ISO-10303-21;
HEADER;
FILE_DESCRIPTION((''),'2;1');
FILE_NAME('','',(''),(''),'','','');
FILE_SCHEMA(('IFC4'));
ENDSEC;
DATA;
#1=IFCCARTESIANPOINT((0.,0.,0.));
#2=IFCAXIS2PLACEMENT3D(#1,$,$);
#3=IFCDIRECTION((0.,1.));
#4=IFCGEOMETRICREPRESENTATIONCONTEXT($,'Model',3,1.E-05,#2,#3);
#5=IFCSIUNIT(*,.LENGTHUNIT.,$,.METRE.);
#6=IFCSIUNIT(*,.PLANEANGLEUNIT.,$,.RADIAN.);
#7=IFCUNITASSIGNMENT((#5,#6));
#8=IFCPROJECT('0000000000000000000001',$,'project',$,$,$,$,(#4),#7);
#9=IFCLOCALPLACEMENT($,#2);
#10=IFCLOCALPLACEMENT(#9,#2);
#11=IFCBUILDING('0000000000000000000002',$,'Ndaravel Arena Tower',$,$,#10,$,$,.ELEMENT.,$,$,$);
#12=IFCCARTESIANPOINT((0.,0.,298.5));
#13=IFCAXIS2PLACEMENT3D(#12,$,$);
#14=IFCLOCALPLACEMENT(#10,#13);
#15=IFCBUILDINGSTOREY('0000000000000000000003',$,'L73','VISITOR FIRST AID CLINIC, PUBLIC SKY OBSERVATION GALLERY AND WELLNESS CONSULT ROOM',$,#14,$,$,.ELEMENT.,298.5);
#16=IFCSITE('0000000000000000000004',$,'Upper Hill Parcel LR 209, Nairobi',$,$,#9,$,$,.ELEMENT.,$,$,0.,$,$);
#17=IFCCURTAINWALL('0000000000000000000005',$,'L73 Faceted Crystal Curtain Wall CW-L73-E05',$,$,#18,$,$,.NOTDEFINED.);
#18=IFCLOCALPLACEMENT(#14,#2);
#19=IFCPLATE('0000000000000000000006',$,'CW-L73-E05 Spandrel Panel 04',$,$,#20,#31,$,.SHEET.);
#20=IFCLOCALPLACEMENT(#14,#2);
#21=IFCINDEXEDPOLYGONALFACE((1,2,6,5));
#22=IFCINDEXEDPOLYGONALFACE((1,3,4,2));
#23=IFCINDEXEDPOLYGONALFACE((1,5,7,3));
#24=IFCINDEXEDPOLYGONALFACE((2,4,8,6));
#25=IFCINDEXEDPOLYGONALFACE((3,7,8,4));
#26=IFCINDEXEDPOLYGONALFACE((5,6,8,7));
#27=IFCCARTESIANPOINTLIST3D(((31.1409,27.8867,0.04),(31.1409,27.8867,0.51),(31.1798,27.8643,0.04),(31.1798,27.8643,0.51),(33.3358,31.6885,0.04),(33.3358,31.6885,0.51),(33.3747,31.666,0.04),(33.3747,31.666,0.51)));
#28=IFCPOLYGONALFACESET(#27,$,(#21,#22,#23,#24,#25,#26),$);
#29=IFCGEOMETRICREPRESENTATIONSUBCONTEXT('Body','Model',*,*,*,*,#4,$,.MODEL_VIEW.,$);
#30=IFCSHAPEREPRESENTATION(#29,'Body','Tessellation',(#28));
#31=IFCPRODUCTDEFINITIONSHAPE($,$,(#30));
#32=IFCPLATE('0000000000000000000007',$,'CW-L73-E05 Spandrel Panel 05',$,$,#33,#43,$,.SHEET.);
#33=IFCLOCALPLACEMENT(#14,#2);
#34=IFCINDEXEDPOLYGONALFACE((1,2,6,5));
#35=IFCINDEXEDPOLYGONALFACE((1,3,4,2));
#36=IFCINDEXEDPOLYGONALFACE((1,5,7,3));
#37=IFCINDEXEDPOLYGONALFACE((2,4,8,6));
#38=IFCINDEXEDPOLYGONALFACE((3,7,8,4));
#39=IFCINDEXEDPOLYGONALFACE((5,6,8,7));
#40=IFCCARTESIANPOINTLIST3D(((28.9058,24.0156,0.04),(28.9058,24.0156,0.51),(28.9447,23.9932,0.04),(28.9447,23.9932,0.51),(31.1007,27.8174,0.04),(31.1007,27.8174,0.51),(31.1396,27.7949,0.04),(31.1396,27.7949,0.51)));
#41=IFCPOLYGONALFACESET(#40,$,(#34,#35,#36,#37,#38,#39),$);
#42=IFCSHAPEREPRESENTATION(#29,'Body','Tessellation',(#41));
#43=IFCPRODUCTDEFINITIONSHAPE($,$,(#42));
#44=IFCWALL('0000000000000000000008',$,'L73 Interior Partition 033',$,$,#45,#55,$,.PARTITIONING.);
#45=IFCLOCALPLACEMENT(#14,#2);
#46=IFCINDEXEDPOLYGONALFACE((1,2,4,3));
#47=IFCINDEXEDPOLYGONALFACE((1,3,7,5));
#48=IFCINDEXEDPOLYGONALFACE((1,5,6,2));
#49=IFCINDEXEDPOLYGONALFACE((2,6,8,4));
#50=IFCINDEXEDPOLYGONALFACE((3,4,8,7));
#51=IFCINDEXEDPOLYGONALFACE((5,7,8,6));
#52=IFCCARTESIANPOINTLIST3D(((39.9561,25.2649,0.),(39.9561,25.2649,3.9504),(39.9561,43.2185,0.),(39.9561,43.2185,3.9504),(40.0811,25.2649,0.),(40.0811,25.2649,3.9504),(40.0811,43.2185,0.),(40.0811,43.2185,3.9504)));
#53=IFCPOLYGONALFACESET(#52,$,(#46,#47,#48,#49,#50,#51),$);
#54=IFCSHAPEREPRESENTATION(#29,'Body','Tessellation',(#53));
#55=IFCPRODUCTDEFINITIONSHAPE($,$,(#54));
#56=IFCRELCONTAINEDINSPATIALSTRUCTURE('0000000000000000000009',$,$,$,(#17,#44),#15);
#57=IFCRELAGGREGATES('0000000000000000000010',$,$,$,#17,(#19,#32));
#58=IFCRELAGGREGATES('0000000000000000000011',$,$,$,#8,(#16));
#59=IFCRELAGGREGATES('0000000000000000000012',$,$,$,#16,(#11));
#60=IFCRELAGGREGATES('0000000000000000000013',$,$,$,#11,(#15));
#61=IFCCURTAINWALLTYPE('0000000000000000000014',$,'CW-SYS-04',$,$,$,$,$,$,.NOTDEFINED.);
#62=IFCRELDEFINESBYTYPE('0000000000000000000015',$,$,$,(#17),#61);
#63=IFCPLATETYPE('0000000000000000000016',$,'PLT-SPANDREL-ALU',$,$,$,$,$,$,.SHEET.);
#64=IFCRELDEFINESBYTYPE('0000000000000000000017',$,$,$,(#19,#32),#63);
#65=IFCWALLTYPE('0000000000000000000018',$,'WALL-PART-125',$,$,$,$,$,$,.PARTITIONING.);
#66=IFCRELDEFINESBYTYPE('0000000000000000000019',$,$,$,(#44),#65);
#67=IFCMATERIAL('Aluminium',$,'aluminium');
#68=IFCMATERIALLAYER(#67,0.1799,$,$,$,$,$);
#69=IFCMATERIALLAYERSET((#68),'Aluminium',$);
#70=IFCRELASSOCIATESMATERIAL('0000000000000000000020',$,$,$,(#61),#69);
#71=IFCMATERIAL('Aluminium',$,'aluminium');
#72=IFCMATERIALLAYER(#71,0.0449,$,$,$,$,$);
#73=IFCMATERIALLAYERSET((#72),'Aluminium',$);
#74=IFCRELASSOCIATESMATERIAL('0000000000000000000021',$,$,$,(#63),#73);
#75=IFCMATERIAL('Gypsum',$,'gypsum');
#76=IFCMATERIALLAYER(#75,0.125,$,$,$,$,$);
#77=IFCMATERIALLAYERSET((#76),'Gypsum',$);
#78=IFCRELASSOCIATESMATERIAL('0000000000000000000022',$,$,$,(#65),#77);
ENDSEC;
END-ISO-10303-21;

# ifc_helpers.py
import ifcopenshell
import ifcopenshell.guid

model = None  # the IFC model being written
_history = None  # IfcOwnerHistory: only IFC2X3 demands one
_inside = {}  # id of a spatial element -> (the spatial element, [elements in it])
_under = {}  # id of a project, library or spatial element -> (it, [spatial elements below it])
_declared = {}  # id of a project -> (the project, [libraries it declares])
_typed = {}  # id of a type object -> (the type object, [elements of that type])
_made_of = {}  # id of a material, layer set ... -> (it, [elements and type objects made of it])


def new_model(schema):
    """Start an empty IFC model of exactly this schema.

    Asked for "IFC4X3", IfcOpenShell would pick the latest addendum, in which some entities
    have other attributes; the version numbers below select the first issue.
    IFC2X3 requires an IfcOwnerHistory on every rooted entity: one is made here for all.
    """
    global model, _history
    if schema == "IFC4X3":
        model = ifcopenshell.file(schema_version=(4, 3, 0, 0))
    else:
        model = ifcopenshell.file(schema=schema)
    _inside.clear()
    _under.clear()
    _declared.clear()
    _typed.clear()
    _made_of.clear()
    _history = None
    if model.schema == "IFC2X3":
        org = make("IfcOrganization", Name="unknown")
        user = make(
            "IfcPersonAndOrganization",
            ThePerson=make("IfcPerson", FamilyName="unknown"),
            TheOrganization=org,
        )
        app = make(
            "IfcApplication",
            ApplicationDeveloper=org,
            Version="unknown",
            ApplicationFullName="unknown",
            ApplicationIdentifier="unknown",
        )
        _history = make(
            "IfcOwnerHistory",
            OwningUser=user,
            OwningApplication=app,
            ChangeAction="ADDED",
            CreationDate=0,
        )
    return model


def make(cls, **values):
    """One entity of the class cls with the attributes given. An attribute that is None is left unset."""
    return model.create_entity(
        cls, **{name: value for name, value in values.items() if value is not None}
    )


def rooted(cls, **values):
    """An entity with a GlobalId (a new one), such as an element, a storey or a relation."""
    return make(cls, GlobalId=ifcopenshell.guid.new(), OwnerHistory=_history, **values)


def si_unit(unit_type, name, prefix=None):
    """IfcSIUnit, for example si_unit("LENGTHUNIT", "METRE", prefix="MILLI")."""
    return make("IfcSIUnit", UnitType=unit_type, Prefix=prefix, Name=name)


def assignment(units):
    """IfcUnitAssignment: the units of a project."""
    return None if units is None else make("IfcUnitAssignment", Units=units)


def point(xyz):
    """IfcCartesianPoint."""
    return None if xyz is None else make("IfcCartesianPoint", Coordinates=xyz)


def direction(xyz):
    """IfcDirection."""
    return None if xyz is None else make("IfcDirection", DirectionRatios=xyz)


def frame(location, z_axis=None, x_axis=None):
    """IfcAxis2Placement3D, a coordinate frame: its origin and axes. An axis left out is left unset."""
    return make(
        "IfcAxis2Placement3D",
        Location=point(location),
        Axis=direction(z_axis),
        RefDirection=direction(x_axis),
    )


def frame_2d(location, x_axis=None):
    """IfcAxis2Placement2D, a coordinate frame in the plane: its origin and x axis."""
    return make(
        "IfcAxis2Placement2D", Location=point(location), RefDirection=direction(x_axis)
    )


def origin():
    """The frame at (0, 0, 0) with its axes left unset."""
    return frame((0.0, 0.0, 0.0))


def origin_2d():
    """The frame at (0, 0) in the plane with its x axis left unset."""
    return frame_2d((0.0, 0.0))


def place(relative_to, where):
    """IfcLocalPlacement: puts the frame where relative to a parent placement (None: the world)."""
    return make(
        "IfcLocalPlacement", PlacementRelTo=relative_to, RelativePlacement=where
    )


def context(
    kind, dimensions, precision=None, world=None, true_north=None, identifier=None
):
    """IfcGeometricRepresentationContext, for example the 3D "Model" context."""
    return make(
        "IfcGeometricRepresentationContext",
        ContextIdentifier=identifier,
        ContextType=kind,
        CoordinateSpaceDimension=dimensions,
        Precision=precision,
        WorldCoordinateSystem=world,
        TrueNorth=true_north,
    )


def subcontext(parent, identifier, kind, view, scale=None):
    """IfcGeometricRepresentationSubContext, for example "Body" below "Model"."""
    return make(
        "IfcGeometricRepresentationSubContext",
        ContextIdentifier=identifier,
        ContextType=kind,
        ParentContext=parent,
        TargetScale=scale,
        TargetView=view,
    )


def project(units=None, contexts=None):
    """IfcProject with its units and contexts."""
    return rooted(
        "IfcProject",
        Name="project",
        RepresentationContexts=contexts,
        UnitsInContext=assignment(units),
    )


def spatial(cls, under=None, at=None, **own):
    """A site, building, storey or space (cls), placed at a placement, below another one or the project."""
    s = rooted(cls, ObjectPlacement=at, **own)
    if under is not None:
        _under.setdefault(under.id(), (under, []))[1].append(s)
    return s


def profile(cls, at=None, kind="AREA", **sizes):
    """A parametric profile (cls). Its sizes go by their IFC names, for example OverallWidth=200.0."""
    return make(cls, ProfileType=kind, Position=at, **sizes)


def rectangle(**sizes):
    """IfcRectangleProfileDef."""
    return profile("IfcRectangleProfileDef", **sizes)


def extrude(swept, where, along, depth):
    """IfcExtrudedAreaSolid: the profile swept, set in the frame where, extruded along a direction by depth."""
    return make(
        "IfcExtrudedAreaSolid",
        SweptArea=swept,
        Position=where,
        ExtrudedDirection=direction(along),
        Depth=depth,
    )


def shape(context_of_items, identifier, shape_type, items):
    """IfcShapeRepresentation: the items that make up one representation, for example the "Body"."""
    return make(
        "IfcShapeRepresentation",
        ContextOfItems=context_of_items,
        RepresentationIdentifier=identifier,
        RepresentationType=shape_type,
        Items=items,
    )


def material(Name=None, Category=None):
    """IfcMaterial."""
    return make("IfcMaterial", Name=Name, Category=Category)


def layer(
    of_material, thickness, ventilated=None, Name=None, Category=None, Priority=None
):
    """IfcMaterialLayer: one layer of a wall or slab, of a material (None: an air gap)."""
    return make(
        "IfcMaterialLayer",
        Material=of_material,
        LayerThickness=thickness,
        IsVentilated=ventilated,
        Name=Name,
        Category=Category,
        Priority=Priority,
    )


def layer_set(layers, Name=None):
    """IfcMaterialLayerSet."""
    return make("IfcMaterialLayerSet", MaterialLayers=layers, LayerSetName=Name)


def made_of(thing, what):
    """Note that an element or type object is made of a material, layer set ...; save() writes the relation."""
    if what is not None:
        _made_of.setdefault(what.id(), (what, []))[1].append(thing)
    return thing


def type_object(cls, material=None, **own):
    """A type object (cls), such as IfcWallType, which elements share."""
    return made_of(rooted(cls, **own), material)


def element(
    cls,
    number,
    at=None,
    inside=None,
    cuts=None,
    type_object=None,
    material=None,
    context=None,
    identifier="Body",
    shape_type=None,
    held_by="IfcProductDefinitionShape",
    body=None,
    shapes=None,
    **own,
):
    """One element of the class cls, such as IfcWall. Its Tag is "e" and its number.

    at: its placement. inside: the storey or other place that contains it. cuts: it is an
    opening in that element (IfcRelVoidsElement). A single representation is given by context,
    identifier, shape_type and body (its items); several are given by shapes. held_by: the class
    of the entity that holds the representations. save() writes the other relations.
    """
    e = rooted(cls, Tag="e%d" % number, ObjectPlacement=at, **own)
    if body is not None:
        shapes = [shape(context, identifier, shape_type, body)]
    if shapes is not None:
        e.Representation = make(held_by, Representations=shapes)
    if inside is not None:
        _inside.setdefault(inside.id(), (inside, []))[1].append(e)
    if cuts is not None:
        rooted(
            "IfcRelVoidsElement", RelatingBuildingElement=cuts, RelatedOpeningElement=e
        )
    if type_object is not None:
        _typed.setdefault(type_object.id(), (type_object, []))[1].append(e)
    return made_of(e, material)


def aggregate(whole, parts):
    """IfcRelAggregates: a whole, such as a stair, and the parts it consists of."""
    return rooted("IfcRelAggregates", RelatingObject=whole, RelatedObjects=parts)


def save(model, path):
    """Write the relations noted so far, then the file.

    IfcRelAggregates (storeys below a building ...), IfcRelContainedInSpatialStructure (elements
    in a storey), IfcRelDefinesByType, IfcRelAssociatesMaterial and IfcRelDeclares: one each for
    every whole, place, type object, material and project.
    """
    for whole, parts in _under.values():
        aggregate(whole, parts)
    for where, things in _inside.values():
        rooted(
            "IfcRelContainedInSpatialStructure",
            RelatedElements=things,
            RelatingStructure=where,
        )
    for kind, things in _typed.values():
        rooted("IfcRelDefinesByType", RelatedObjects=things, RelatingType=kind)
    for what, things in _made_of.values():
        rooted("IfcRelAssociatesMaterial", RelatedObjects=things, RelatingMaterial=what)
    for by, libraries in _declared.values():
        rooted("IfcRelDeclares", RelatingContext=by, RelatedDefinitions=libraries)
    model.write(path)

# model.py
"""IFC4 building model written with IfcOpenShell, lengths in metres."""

from ifc_helpers import new_model, si_unit, direction, frame, frame_2d, origin, origin_2d, place, context, subcontext, project, spatial, rectangle, extrude, material, layer, layer_set, type_object, element, aggregate, save


model = new_model("IFC4")

# Units and contexts
model_context = context("Model", 3, precision=1e-05, world=origin(), true_north=direction((0.0, 1.0)))
body_context = subcontext(model_context, "Body", "Model", "MODEL_VIEW")
ifc_project = project(units=[si_unit("LENGTHUNIT", "METRE"), si_unit("PLANEANGLEUNIT", "RADIAN")], contexts=[model_context])

# Site, building, storey
site_placement = place(None, origin())
site = spatial("IfcSite", under=ifc_project, at=site_placement, Name="Upper Hill Parcel LR 209, Nairobi", CompositionType="ELEMENT", RefElevation=0.0)
building_placement = place(site_placement, origin())
building = spatial("IfcBuilding", under=site, at=building_placement, Name="Ndaravel Arena Tower", CompositionType="ELEMENT")
storey_placement = place(building_placement, frame((0.0, 0.0, 298.5)))
storey = spatial("IfcBuildingStorey", under=building, at=storey_placement, Name="L73", Description="VISITOR FIRST AID CLINIC, PUBLIC SKY OBSERVATION GALLERY AND WELLNESS CONSULT ROOM", CompositionType="ELEMENT", Elevation=298.5)

# Curtain wall
ifc_material_1 = material(Name="Aluminium", Category="aluminium")
ifc_layer_1 = layer(ifc_material_1, 0.1799)
ifc_layer_set_1 = layer_set([ifc_layer_1], Name="Aluminium")
curtain_wall_type = type_object("IfcCurtainWallType", Name="CW-SYS-04", PredefinedType="NOTDEFINED", material=ifc_layer_set_1)
curtain_wall_1_placement = place(storey_placement, origin())
curtain_wall_1 = element("IfcCurtainWall", 1, at=curtain_wall_1_placement, inside=storey, type_object=curtain_wall_type, Name="L73 Faceted Crystal Curtain Wall CW-L73-E05", PredefinedType="NOTDEFINED")

# Plates
ifc_material_2 = material(Name="Aluminium", Category="aluminium")
ifc_layer_2 = layer(ifc_material_2, 0.0449)
ifc_layer_set_2 = layer_set([ifc_layer_2], Name="Aluminium")
plate_type_1 = type_object("IfcPlateType", Name="PLT-SPANDREL-ALU", PredefinedType="SHEET", material=ifc_layer_set_2)
plate_1_placement = place(storey_placement, frame((32.2578, 29.7764, 0.04), z_axis=(0.0, 0.0, 1.0), x_axis=(-0.5, -0.866025, 0.0)))
plate_1 = element("IfcPlate", 2, at=plate_1_placement, type_object=plate_type_1, Name="CW-L73-E05 Spandrel Panel 04", PredefinedType="SHEET", context=body_context, shape_type="SweptSolid", body=[
    extrude(rectangle(XDim=4.3899, YDim=0.0449, at=origin_2d()), origin(), (0.0, 0.0, 1.0), 0.47),
])
plate_2_placement = place(storey_placement, frame((30.0227, 25.9053, 0.04), z_axis=(0.0, 0.0, 1.0), x_axis=(-0.5, -0.866025, 0.0)))
plate_2 = element("IfcPlate", 3, at=plate_2_placement, type_object=plate_type_1, Name="CW-L73-E05 Spandrel Panel 05", PredefinedType="SHEET", context=body_context, shape_type="SweptSolid", body=[
    extrude(rectangle(XDim=4.3899, YDim=0.0449, at=origin_2d()), origin(), (0.0, 0.0, 1.0), 0.47),
])
aggregate(curtain_wall_1, [plate_1, plate_2])

# Wall
ifc_material_3 = material(Name="Gypsum", Category="gypsum")
ifc_layer_3 = layer(ifc_material_3, 0.125)
ifc_layer_set_3 = layer_set([ifc_layer_3], Name="Gypsum")
wall_type = type_object("IfcWallType", Name="WALL-PART-125", PredefinedType="PARTITIONING", material=ifc_layer_set_3)
wall_placement = place(storey_placement, frame((40.0186, 43.2185, 0.0), z_axis=(0.0, 0.0, 1.0), x_axis=(0.0, -1.0, 0.0)))
element("IfcWall", 4, at=wall_placement, inside=storey, type_object=wall_type, Name="L73 Interior Partition 033", PredefinedType="PARTITIONING", context=body_context, shape_type="SweptSolid", body=[
    extrude(rectangle(XDim=17.9536, YDim=0.125, at=frame_2d((8.9768, 0.0))), origin(), (0.0, 0.0, 1.0), 3.9504),
])

save(model, "model.ifc")
